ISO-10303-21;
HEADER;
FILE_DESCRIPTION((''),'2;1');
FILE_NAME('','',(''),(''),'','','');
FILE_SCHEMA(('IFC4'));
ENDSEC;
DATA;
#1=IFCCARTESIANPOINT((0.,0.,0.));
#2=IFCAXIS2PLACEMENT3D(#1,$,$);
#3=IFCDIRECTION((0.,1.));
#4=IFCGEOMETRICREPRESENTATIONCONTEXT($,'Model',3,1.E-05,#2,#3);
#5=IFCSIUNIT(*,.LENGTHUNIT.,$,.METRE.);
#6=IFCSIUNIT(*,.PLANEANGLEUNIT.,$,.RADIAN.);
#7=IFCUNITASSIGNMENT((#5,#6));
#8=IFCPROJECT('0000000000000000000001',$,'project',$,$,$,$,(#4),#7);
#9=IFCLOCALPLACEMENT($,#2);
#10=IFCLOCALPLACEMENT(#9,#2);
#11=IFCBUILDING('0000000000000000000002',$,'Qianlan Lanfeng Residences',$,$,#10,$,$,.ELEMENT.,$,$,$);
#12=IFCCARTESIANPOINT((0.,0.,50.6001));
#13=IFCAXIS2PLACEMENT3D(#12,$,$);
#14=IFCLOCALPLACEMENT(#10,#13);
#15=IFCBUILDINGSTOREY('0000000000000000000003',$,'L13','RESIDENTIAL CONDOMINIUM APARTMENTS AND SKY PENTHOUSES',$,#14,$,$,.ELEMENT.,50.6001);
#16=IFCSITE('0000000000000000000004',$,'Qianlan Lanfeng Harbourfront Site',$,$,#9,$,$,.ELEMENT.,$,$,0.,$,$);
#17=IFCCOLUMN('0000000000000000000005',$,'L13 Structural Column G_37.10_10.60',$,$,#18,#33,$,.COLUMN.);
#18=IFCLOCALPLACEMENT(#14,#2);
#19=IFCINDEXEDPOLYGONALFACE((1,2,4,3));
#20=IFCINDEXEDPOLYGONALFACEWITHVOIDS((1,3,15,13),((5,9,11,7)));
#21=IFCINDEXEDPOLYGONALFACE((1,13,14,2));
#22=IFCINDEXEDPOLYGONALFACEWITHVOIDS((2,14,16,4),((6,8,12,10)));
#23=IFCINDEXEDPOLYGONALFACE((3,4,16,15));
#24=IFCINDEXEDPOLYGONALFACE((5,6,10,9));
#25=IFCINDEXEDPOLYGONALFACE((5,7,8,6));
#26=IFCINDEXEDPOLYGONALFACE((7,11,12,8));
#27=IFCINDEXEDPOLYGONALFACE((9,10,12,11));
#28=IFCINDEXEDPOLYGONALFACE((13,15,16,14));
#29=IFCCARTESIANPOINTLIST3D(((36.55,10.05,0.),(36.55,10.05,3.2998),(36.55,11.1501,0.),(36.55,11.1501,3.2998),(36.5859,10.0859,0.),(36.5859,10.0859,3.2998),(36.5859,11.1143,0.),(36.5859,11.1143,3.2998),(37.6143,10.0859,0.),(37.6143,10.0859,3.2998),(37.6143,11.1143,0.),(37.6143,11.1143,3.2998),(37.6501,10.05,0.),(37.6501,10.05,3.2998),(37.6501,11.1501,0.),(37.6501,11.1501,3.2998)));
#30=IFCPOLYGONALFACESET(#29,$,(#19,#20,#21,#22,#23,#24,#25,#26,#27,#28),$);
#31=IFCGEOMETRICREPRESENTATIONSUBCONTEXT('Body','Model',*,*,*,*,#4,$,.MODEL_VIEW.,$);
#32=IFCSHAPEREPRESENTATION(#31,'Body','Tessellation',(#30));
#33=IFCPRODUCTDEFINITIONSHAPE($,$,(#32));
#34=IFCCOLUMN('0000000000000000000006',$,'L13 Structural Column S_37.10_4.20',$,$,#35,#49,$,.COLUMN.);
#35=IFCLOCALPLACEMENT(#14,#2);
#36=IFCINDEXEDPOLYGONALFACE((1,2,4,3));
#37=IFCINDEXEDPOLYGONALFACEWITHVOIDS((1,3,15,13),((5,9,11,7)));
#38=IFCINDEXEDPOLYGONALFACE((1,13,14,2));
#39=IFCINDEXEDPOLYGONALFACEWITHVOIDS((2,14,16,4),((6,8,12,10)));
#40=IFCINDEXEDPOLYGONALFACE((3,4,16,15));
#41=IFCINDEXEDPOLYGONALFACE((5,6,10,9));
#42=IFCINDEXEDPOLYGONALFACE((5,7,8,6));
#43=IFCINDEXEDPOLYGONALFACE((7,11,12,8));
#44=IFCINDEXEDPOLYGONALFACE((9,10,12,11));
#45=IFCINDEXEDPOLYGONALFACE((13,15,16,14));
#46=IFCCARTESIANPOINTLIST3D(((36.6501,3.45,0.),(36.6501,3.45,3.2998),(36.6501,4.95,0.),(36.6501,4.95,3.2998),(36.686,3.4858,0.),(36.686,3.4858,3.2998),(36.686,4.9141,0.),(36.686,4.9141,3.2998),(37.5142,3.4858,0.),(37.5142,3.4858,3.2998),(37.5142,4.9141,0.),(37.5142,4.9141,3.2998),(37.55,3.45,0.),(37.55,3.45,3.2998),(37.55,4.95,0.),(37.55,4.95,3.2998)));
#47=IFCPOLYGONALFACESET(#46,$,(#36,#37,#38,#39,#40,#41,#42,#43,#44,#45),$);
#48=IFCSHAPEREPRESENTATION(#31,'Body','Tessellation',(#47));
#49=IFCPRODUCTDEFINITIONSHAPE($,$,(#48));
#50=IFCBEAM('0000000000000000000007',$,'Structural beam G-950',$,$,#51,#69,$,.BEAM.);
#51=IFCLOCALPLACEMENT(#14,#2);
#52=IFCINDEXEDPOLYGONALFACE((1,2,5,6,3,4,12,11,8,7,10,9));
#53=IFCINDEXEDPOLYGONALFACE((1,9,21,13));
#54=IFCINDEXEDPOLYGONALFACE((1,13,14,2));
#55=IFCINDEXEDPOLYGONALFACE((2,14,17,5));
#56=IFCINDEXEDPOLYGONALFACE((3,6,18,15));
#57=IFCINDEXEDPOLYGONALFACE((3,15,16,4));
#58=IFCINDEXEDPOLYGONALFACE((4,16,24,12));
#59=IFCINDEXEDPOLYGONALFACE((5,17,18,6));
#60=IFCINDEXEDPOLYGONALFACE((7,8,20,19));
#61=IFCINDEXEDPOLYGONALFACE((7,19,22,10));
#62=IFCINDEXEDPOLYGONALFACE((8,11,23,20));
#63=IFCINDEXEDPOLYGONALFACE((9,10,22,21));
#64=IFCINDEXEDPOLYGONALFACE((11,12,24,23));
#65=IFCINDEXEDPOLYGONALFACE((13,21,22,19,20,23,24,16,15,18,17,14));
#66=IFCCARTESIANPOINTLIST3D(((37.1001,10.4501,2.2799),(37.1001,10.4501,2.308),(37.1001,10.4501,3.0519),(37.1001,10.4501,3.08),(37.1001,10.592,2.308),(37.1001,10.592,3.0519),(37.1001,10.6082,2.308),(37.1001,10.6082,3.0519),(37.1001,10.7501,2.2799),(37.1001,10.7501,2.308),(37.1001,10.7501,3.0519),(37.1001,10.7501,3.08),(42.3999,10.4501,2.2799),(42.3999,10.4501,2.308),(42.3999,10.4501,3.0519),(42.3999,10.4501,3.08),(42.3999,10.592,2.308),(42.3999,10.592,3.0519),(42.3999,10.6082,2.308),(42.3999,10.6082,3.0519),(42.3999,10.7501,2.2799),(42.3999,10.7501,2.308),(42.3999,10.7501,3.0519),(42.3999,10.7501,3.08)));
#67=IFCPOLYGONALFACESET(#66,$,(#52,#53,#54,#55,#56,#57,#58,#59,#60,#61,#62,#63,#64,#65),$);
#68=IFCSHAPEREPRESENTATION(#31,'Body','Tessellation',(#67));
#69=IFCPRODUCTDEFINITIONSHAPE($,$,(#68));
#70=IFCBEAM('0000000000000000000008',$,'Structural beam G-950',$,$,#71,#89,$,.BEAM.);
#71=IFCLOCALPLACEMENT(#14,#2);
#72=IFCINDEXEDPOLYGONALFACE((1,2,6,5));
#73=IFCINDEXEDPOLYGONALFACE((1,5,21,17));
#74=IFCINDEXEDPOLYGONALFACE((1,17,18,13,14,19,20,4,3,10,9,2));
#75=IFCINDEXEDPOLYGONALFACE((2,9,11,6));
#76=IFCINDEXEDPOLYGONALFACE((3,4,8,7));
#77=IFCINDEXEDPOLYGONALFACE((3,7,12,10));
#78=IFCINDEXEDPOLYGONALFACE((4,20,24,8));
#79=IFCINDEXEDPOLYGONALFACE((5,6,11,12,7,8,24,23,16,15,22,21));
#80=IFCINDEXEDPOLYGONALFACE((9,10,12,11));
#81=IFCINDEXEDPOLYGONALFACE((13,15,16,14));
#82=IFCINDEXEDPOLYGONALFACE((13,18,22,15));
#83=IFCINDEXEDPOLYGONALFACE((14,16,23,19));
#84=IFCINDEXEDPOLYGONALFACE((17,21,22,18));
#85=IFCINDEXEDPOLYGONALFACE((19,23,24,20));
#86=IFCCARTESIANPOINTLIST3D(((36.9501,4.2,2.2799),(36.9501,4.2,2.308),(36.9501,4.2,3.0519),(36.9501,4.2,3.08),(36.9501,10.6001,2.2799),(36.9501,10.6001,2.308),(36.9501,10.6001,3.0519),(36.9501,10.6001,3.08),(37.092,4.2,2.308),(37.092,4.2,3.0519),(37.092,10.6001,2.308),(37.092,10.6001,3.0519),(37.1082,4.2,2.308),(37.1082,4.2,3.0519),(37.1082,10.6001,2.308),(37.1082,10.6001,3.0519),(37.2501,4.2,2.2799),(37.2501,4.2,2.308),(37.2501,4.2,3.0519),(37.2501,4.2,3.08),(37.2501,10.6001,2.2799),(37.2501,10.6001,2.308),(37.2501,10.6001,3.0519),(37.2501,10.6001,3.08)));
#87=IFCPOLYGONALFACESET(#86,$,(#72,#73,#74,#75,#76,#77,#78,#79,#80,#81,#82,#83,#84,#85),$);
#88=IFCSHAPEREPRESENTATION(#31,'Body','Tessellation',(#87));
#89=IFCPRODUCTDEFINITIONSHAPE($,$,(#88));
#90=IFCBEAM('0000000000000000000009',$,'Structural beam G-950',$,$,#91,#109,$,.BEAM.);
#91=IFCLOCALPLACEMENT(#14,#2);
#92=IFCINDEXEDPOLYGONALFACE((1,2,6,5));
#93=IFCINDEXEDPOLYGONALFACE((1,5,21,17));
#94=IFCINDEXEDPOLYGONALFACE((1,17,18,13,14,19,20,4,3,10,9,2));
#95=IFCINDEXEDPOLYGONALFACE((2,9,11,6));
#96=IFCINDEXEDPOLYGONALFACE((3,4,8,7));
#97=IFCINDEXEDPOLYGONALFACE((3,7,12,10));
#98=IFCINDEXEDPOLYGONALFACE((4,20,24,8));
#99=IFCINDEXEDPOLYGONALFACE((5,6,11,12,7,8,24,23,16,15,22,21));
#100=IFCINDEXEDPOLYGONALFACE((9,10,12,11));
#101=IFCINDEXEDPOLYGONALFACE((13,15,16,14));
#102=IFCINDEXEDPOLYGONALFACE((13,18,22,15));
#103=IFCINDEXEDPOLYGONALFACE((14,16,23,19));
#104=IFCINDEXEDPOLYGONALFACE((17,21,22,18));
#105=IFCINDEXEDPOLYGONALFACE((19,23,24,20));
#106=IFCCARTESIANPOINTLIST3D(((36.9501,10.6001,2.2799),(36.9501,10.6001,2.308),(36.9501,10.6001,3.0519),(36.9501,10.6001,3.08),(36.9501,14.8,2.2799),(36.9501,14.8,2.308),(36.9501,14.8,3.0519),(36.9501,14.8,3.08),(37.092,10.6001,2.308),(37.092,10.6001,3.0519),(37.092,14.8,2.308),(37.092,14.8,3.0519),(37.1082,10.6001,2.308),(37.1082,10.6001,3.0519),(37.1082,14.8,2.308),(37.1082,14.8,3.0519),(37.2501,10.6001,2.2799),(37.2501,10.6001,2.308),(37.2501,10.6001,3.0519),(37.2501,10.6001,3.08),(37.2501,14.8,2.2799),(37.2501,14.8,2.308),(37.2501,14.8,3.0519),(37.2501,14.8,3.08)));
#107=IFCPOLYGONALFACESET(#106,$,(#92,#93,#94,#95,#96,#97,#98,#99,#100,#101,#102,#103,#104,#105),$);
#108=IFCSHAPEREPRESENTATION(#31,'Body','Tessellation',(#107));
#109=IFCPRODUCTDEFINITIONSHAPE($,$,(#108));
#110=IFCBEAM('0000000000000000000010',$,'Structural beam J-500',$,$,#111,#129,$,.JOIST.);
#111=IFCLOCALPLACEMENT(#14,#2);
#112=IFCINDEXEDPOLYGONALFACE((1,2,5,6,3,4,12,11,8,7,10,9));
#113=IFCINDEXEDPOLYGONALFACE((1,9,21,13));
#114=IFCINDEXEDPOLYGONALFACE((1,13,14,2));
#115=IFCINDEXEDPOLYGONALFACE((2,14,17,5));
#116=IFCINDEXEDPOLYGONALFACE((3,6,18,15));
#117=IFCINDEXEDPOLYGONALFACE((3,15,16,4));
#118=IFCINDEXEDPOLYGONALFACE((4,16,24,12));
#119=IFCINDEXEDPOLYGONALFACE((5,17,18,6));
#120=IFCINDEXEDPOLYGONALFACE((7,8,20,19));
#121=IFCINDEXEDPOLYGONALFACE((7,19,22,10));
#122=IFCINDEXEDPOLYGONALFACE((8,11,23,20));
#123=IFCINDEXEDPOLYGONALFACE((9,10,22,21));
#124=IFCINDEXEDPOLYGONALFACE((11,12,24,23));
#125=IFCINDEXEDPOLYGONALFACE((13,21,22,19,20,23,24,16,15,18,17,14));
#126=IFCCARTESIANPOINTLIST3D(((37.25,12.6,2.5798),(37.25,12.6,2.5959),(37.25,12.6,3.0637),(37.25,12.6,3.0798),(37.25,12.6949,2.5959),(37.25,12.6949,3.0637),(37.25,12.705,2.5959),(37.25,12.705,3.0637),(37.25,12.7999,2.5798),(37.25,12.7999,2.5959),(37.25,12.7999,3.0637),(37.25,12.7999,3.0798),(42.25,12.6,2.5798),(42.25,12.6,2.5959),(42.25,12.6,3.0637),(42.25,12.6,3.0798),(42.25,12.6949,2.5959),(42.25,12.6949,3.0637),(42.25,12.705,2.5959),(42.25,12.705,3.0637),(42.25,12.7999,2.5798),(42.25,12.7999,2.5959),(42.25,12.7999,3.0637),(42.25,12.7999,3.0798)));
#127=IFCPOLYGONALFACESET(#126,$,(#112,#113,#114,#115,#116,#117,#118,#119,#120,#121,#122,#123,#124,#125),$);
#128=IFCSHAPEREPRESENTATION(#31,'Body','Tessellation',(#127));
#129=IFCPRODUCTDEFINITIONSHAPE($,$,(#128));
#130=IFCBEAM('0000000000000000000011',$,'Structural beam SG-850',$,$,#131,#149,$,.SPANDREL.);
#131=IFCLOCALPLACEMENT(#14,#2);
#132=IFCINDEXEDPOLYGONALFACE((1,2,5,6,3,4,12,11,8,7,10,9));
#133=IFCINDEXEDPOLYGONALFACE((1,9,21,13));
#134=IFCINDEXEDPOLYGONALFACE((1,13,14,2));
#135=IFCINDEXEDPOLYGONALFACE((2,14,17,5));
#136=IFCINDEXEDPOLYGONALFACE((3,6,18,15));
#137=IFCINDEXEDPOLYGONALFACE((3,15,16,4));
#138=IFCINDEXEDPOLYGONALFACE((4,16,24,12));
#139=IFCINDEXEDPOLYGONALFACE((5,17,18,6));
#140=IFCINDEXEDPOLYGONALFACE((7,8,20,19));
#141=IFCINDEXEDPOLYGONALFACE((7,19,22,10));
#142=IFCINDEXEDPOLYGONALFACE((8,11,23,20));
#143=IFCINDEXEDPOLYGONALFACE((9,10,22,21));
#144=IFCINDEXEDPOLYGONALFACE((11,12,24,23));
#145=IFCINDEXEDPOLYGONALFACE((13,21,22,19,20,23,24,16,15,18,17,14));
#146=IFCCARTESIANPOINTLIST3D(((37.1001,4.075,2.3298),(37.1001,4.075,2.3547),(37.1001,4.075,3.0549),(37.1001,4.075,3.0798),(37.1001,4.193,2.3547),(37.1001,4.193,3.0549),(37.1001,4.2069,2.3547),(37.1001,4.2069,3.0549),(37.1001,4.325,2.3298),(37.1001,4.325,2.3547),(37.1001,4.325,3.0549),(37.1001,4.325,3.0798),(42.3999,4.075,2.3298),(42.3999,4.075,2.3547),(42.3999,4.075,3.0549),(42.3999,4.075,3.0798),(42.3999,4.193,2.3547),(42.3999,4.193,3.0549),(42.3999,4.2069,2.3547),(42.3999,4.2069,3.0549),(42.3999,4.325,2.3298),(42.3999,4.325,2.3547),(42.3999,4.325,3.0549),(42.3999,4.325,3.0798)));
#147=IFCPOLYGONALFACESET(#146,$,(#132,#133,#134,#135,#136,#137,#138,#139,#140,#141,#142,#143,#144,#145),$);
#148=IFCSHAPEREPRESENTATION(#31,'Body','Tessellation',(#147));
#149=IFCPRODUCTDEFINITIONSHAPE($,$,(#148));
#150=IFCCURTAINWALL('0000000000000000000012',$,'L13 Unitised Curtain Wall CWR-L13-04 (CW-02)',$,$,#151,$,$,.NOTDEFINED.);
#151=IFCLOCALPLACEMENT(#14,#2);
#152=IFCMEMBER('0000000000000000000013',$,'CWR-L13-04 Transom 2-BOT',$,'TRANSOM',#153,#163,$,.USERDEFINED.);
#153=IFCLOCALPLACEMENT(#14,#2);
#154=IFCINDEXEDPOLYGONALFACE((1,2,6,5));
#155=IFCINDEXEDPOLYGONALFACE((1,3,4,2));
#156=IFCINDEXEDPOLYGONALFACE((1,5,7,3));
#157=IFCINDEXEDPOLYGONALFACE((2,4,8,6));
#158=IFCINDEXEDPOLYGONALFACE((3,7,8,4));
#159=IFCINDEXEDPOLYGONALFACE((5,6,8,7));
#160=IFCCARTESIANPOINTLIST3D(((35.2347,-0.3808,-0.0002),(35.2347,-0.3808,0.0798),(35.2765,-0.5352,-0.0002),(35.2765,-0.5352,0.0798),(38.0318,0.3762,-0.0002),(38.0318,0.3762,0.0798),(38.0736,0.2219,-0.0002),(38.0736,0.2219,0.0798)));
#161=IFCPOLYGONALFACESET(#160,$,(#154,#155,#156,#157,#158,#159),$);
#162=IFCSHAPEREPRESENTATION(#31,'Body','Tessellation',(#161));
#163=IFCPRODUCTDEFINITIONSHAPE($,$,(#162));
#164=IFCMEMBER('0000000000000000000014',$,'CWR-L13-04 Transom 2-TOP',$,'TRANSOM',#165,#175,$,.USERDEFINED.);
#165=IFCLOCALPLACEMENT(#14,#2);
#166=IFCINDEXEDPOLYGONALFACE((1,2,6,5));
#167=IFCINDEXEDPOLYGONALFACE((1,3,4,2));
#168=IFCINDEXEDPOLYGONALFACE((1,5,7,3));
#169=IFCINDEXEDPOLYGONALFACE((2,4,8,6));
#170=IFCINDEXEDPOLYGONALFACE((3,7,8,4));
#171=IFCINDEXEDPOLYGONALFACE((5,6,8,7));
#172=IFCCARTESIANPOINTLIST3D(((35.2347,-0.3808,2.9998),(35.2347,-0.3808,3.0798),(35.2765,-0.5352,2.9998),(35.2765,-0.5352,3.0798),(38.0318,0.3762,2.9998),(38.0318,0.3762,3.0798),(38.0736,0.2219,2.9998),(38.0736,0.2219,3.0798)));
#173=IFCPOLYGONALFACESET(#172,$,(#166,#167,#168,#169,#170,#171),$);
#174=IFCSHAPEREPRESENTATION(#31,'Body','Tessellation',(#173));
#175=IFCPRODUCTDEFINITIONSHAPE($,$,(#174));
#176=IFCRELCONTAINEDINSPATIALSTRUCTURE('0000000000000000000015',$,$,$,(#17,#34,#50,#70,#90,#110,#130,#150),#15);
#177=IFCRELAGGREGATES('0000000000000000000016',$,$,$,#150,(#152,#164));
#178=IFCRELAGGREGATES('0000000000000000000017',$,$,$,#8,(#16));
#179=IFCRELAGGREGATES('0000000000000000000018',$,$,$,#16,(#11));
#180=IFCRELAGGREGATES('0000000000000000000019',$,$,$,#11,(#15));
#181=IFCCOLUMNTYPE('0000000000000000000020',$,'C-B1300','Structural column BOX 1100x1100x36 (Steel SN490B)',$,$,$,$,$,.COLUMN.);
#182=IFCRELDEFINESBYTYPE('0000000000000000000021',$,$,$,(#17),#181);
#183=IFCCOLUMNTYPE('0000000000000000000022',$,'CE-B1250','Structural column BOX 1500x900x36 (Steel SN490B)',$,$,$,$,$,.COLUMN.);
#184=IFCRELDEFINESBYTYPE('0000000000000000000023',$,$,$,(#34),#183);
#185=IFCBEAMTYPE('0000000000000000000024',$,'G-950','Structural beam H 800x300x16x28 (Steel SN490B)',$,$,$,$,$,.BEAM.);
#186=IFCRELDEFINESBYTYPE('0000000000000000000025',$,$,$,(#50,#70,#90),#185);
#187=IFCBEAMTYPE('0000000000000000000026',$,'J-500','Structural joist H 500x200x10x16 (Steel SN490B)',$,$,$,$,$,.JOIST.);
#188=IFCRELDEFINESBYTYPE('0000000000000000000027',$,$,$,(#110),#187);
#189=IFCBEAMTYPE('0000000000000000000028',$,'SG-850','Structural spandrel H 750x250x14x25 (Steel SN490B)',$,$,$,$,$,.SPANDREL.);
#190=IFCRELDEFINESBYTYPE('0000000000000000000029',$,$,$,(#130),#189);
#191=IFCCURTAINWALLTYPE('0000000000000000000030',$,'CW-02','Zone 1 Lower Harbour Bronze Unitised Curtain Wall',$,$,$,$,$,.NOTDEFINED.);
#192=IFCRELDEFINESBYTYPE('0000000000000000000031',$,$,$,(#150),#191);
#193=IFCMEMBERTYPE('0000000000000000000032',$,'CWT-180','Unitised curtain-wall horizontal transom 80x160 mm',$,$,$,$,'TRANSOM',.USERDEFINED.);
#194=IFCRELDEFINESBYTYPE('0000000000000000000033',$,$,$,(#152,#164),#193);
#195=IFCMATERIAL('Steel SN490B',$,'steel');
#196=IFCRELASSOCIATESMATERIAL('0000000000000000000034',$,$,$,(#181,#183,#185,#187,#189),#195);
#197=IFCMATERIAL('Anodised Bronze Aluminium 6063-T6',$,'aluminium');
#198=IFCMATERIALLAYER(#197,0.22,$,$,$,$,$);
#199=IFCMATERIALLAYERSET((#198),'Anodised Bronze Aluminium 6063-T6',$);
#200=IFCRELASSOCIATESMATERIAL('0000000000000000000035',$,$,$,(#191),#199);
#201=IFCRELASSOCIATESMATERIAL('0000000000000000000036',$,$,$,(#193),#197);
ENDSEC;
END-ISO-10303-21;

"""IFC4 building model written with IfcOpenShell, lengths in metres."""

from ifc_helpers import new_model, si_unit, direction, frame, origin, origin_2d, place, context, subcontext, project, spatial, rectangle, hollow_rectangle, i_section, extrude, source, transform, mapped, material, layer, layer_set, material_profile, profile_set, type_object, element, aggregate, save


model = new_model("IFC4")

# Units and contexts
model_context = context("Model", 3, precision=1e-05, world=origin(), true_north=direction((0.0, 1.0)))
body_context = subcontext(model_context, "Body", "Model", "MODEL_VIEW")
ifc_project = project(units=[si_unit("LENGTHUNIT", "METRE"), si_unit("PLANEANGLEUNIT", "RADIAN")], contexts=[model_context])

# Site, building, storey
site_placement = place(None, origin())
site = spatial("IfcSite", under=ifc_project, at=site_placement, Name="Qianlan Lanfeng Harbourfront Site", CompositionType="ELEMENT", RefElevation=0.0)
building_placement = place(site_placement, origin())
building = spatial("IfcBuilding", under=site, at=building_placement, Name="Qianlan Lanfeng Residences", CompositionType="ELEMENT")
storey_placement = place(building_placement, frame((0.0, 0.0, 50.6001)))
storey = spatial("IfcBuildingStorey", under=building, at=storey_placement, Name="L13", Description="RESIDENTIAL CONDOMINIUM APARTMENTS AND SKY PENTHOUSES", CompositionType="ELEMENT", Elevation=50.6001)

# Columns
ifc_material_1 = material(Name="Steel SN490B", Category="steel")
ifc_material_profile_1 = material_profile(ifc_material_1, hollow_rectangle(XDim=1.1001, YDim=1.1001, WallThickness=0.0359, at=origin_2d()), Name="BOX 1100x1100x36")
ifc_profile_set_1 = profile_set([ifc_material_profile_1], Name="Steel SN490B")
column_type_1 = type_object("IfcColumnType", Name="C-B1300", Description="Structural column BOX 1100x1100x36 (Steel SN490B)", PredefinedType="COLUMN", material=ifc_profile_set_1)
column_1_placement = place(storey_placement, frame((37.1001, 10.6001, 0.0), z_axis=(0.0, 0.0, 1.0), x_axis=(1.0, 0.0, 0.0)))
element("IfcColumn", 1, at=column_1_placement, inside=storey, type_object=column_type_1, Name="L13 Structural Column G_37.10_10.60", PredefinedType="COLUMN", context=body_context, shape_type="SweptSolid", body=[
    extrude(hollow_rectangle(XDim=1.1001, YDim=1.1001, WallThickness=0.0359, at=origin_2d()), origin(), (0.0, 0.0, 1.0), 3.2998),
])
ifc_material_profile_2 = material_profile(ifc_material_1, hollow_rectangle(XDim=0.8999, YDim=1.5, WallThickness=0.0359, at=origin_2d()), Name="BOX 1500x900x36")
ifc_profile_set_2 = profile_set([ifc_material_profile_2], Name="Steel SN490B")
column_type_2 = type_object("IfcColumnType", Name="CE-B1250", Description="Structural column BOX 1500x900x36 (Steel SN490B)", PredefinedType="COLUMN", material=ifc_profile_set_2)
column_2_placement = place(storey_placement, frame((37.1001, 4.2, 0.0), z_axis=(0.0, 0.0, 1.0), x_axis=(1.0, 0.0, 0.0)))
element("IfcColumn", 2, at=column_2_placement, inside=storey, type_object=column_type_2, Name="L13 Structural Column S_37.10_4.20", PredefinedType="COLUMN", context=body_context, shape_type="SweptSolid", body=[
    extrude(hollow_rectangle(XDim=0.8999, YDim=1.5, WallThickness=0.0359, at=origin_2d()), origin(), (0.0, 0.0, 1.0), 3.2998),
])

# Beams
ifc_material_profile_3 = material_profile(ifc_material_1, i_section(OverallWidth=0.3, OverallDepth=0.8, WebThickness=0.0161, FlangeThickness=0.0281, at=origin_2d()), Name="H 800x300x16x28")
ifc_profile_set_3 = profile_set([ifc_material_profile_3], Name="Steel SN490B")
beam_type_1 = type_object("IfcBeamType", Name="G-950", Description="Structural beam H 800x300x16x28 (Steel SN490B)", PredefinedType="BEAM", material=ifc_profile_set_3)
beam_1_placement = place(storey_placement, frame((37.1001, 10.6001, 2.6799), z_axis=(1.0, 0.0, 0.0), x_axis=(0.0, 1.0, 0.0)))
element("IfcBeam", 3, at=beam_1_placement, inside=storey, type_object=beam_type_1, Name="Structural beam G-950", PredefinedType="BEAM", context=body_context, shape_type="SweptSolid", body=[
    extrude(i_section(OverallWidth=0.3, OverallDepth=0.8, WebThickness=0.0161, FlangeThickness=0.0281, at=origin_2d()), origin(), (0.0, 0.0, 1.0), 5.2998),
])
beam_2_placement = place(storey_placement, frame((37.1001, 4.2, 2.6799), z_axis=(0.0, 1.0, 0.0), x_axis=(-1.0, 0.0, 0.0)))
element("IfcBeam", 4, at=beam_2_placement, inside=storey, type_object=beam_type_1, Name="Structural beam G-950", PredefinedType="BEAM", context=body_context, shape_type="SweptSolid", body=[
    extrude(i_section(OverallWidth=0.3, OverallDepth=0.8, WebThickness=0.0161, FlangeThickness=0.0281, at=origin_2d()), origin(), (0.0, 0.0, 1.0), 6.4001),
])
beam_3_placement = place(storey_placement, frame((37.1001, 10.6001, 2.6799), z_axis=(0.0, 1.0, 0.0), x_axis=(-1.0, 0.0, 0.0)))
element("IfcBeam", 5, at=beam_3_placement, inside=storey, type_object=beam_type_1, Name="Structural beam G-950", PredefinedType="BEAM", context=body_context, shape_type="SweptSolid", body=[
    extrude(i_section(OverallWidth=0.3, OverallDepth=0.8, WebThickness=0.0161, FlangeThickness=0.0281, at=origin_2d()), origin(), (0.0, 0.0, 1.0), 4.2),
])
ifc_material_profile_4 = material_profile(ifc_material_1, i_section(OverallWidth=0.2, OverallDepth=0.5, WebThickness=0.01, FlangeThickness=0.0161, at=origin_2d()), Name="H 500x200x10x16")
ifc_profile_set_4 = profile_set([ifc_material_profile_4], Name="Steel SN490B")
beam_type_2 = type_object("IfcBeamType", Name="J-500", Description="Structural joist H 500x200x10x16 (Steel SN490B)", PredefinedType="JOIST", material=ifc_profile_set_4)
beam_4_placement = place(storey_placement, frame((37.25, 12.7, 2.8298), z_axis=(1.0, 0.0, 0.0), x_axis=(0.0, 1.0, 0.0)))
element("IfcBeam", 6, at=beam_4_placement, inside=storey, type_object=beam_type_2, Name="Structural beam J-500", PredefinedType="JOIST", context=body_context, shape_type="SweptSolid", body=[
    extrude(i_section(OverallWidth=0.2, OverallDepth=0.5, WebThickness=0.01, FlangeThickness=0.0161, at=origin_2d()), origin(), (0.0, 0.0, 1.0), 5.0),
])
ifc_material_profile_5 = material_profile(ifc_material_1, i_section(OverallWidth=0.25, OverallDepth=0.75, WebThickness=0.0139, FlangeThickness=0.0249, at=origin_2d()), Name="H 750x250x14x25")
ifc_profile_set_5 = profile_set([ifc_material_profile_5], Name="Steel SN490B")
beam_type_3 = type_object("IfcBeamType", Name="SG-850", Description="Structural spandrel H 750x250x14x25 (Steel SN490B)", PredefinedType="SPANDREL", material=ifc_profile_set_5)
beam_5_placement = place(storey_placement, frame((37.1001, 4.2, 2.7048), z_axis=(1.0, 0.0, 0.0), x_axis=(0.0, 1.0, 0.0)))
element("IfcBeam", 7, at=beam_5_placement, inside=storey, type_object=beam_type_3, Name="Structural beam SG-850", PredefinedType="SPANDREL", context=body_context, shape_type="SweptSolid", body=[
    extrude(i_section(OverallWidth=0.25, OverallDepth=0.75, WebThickness=0.0139, FlangeThickness=0.0249, at=origin_2d()), origin(), (0.0, 0.0, 1.0), 5.2998),
])

# Curtain wall, members
ifc_material_2 = material(Name="Anodised Bronze Aluminium 6063-T6", Category="aluminium")
ifc_layer_1 = layer(ifc_material_2, 0.22)
ifc_layer_set_1 = layer_set([ifc_layer_1], Name="Anodised Bronze Aluminium 6063-T6")
curtain_wall_type = type_object("IfcCurtainWallType", Name="CW-02", Description="Zone 1 Lower Harbour Bronze Unitised Curtain Wall", PredefinedType="NOTDEFINED", material=ifc_layer_set_1)
curtain_wall_1_placement = place(storey_placement, origin())
curtain_wall_1 = element("IfcCurtainWall", 8, at=curtain_wall_1_placement, inside=storey, type_object=curtain_wall_type, Name="L13 Unitised Curtain Wall CWR-L13-04 (CW-02)", PredefinedType="NOTDEFINED")
ifc_material_profile_6 = material_profile(ifc_material_2, rectangle(XDim=0.0801, YDim=0.1599, at=origin_2d()), Name="ALU TRANSOM 80x160")
ifc_profile_set_6 = profile_set([ifc_material_profile_6], Name="Anodised Bronze Aluminium 6063-T6")
member_type_1 = type_object("IfcMemberType", Name="CWT-180", Description="Unitised curtain-wall horizontal transom 80x160 mm", ElementType="TRANSOM", PredefinedType="USERDEFINED", material=ifc_profile_set_6)
shared_shape_1 = source(origin(), body_context, "Body", "SweptSolid", [
    extrude(rectangle(XDim=0.0801, YDim=0.1599, at=origin_2d()), origin(), (0.0, 0.0, 1.0), 2.8977),
])
member_1_placement = place(storey_placement, frame((35.2556, -0.458, 0.0398), z_axis=(0.965268, 0.261263, 0.0), x_axis=(0.0, 0.0, 1.0)))
member_1 = element("IfcMember", 9, at=member_1_placement, type_object=member_type_1, Name="CWR-L13-04 Transom 2-BOT", ObjectType="TRANSOM", PredefinedType="USERDEFINED", context=body_context, shape_type="MappedRepresentation", body=[
    mapped(shared_shape_1, transform((0.0, 0.0, 0.0), scale=1.0)),
])
member_2_placement = place(storey_placement, frame((35.2556, -0.458, 3.0398), z_axis=(0.965268, 0.261263, 0.0), x_axis=(0.0, 0.0, 1.0)))
member_2 = element("IfcMember", 10, at=member_2_placement, type_object=member_type_1, Name="CWR-L13-04 Transom 2-TOP", ObjectType="TRANSOM", PredefinedType="USERDEFINED", context=body_context, shape_type="MappedRepresentation", body=[
    mapped(shared_shape_1, transform((0.0, 0.0, 0.0), scale=1.0)),
])

aggregate(curtain_wall_1, [member_1, member_2])

save(model, "model.ifc")
